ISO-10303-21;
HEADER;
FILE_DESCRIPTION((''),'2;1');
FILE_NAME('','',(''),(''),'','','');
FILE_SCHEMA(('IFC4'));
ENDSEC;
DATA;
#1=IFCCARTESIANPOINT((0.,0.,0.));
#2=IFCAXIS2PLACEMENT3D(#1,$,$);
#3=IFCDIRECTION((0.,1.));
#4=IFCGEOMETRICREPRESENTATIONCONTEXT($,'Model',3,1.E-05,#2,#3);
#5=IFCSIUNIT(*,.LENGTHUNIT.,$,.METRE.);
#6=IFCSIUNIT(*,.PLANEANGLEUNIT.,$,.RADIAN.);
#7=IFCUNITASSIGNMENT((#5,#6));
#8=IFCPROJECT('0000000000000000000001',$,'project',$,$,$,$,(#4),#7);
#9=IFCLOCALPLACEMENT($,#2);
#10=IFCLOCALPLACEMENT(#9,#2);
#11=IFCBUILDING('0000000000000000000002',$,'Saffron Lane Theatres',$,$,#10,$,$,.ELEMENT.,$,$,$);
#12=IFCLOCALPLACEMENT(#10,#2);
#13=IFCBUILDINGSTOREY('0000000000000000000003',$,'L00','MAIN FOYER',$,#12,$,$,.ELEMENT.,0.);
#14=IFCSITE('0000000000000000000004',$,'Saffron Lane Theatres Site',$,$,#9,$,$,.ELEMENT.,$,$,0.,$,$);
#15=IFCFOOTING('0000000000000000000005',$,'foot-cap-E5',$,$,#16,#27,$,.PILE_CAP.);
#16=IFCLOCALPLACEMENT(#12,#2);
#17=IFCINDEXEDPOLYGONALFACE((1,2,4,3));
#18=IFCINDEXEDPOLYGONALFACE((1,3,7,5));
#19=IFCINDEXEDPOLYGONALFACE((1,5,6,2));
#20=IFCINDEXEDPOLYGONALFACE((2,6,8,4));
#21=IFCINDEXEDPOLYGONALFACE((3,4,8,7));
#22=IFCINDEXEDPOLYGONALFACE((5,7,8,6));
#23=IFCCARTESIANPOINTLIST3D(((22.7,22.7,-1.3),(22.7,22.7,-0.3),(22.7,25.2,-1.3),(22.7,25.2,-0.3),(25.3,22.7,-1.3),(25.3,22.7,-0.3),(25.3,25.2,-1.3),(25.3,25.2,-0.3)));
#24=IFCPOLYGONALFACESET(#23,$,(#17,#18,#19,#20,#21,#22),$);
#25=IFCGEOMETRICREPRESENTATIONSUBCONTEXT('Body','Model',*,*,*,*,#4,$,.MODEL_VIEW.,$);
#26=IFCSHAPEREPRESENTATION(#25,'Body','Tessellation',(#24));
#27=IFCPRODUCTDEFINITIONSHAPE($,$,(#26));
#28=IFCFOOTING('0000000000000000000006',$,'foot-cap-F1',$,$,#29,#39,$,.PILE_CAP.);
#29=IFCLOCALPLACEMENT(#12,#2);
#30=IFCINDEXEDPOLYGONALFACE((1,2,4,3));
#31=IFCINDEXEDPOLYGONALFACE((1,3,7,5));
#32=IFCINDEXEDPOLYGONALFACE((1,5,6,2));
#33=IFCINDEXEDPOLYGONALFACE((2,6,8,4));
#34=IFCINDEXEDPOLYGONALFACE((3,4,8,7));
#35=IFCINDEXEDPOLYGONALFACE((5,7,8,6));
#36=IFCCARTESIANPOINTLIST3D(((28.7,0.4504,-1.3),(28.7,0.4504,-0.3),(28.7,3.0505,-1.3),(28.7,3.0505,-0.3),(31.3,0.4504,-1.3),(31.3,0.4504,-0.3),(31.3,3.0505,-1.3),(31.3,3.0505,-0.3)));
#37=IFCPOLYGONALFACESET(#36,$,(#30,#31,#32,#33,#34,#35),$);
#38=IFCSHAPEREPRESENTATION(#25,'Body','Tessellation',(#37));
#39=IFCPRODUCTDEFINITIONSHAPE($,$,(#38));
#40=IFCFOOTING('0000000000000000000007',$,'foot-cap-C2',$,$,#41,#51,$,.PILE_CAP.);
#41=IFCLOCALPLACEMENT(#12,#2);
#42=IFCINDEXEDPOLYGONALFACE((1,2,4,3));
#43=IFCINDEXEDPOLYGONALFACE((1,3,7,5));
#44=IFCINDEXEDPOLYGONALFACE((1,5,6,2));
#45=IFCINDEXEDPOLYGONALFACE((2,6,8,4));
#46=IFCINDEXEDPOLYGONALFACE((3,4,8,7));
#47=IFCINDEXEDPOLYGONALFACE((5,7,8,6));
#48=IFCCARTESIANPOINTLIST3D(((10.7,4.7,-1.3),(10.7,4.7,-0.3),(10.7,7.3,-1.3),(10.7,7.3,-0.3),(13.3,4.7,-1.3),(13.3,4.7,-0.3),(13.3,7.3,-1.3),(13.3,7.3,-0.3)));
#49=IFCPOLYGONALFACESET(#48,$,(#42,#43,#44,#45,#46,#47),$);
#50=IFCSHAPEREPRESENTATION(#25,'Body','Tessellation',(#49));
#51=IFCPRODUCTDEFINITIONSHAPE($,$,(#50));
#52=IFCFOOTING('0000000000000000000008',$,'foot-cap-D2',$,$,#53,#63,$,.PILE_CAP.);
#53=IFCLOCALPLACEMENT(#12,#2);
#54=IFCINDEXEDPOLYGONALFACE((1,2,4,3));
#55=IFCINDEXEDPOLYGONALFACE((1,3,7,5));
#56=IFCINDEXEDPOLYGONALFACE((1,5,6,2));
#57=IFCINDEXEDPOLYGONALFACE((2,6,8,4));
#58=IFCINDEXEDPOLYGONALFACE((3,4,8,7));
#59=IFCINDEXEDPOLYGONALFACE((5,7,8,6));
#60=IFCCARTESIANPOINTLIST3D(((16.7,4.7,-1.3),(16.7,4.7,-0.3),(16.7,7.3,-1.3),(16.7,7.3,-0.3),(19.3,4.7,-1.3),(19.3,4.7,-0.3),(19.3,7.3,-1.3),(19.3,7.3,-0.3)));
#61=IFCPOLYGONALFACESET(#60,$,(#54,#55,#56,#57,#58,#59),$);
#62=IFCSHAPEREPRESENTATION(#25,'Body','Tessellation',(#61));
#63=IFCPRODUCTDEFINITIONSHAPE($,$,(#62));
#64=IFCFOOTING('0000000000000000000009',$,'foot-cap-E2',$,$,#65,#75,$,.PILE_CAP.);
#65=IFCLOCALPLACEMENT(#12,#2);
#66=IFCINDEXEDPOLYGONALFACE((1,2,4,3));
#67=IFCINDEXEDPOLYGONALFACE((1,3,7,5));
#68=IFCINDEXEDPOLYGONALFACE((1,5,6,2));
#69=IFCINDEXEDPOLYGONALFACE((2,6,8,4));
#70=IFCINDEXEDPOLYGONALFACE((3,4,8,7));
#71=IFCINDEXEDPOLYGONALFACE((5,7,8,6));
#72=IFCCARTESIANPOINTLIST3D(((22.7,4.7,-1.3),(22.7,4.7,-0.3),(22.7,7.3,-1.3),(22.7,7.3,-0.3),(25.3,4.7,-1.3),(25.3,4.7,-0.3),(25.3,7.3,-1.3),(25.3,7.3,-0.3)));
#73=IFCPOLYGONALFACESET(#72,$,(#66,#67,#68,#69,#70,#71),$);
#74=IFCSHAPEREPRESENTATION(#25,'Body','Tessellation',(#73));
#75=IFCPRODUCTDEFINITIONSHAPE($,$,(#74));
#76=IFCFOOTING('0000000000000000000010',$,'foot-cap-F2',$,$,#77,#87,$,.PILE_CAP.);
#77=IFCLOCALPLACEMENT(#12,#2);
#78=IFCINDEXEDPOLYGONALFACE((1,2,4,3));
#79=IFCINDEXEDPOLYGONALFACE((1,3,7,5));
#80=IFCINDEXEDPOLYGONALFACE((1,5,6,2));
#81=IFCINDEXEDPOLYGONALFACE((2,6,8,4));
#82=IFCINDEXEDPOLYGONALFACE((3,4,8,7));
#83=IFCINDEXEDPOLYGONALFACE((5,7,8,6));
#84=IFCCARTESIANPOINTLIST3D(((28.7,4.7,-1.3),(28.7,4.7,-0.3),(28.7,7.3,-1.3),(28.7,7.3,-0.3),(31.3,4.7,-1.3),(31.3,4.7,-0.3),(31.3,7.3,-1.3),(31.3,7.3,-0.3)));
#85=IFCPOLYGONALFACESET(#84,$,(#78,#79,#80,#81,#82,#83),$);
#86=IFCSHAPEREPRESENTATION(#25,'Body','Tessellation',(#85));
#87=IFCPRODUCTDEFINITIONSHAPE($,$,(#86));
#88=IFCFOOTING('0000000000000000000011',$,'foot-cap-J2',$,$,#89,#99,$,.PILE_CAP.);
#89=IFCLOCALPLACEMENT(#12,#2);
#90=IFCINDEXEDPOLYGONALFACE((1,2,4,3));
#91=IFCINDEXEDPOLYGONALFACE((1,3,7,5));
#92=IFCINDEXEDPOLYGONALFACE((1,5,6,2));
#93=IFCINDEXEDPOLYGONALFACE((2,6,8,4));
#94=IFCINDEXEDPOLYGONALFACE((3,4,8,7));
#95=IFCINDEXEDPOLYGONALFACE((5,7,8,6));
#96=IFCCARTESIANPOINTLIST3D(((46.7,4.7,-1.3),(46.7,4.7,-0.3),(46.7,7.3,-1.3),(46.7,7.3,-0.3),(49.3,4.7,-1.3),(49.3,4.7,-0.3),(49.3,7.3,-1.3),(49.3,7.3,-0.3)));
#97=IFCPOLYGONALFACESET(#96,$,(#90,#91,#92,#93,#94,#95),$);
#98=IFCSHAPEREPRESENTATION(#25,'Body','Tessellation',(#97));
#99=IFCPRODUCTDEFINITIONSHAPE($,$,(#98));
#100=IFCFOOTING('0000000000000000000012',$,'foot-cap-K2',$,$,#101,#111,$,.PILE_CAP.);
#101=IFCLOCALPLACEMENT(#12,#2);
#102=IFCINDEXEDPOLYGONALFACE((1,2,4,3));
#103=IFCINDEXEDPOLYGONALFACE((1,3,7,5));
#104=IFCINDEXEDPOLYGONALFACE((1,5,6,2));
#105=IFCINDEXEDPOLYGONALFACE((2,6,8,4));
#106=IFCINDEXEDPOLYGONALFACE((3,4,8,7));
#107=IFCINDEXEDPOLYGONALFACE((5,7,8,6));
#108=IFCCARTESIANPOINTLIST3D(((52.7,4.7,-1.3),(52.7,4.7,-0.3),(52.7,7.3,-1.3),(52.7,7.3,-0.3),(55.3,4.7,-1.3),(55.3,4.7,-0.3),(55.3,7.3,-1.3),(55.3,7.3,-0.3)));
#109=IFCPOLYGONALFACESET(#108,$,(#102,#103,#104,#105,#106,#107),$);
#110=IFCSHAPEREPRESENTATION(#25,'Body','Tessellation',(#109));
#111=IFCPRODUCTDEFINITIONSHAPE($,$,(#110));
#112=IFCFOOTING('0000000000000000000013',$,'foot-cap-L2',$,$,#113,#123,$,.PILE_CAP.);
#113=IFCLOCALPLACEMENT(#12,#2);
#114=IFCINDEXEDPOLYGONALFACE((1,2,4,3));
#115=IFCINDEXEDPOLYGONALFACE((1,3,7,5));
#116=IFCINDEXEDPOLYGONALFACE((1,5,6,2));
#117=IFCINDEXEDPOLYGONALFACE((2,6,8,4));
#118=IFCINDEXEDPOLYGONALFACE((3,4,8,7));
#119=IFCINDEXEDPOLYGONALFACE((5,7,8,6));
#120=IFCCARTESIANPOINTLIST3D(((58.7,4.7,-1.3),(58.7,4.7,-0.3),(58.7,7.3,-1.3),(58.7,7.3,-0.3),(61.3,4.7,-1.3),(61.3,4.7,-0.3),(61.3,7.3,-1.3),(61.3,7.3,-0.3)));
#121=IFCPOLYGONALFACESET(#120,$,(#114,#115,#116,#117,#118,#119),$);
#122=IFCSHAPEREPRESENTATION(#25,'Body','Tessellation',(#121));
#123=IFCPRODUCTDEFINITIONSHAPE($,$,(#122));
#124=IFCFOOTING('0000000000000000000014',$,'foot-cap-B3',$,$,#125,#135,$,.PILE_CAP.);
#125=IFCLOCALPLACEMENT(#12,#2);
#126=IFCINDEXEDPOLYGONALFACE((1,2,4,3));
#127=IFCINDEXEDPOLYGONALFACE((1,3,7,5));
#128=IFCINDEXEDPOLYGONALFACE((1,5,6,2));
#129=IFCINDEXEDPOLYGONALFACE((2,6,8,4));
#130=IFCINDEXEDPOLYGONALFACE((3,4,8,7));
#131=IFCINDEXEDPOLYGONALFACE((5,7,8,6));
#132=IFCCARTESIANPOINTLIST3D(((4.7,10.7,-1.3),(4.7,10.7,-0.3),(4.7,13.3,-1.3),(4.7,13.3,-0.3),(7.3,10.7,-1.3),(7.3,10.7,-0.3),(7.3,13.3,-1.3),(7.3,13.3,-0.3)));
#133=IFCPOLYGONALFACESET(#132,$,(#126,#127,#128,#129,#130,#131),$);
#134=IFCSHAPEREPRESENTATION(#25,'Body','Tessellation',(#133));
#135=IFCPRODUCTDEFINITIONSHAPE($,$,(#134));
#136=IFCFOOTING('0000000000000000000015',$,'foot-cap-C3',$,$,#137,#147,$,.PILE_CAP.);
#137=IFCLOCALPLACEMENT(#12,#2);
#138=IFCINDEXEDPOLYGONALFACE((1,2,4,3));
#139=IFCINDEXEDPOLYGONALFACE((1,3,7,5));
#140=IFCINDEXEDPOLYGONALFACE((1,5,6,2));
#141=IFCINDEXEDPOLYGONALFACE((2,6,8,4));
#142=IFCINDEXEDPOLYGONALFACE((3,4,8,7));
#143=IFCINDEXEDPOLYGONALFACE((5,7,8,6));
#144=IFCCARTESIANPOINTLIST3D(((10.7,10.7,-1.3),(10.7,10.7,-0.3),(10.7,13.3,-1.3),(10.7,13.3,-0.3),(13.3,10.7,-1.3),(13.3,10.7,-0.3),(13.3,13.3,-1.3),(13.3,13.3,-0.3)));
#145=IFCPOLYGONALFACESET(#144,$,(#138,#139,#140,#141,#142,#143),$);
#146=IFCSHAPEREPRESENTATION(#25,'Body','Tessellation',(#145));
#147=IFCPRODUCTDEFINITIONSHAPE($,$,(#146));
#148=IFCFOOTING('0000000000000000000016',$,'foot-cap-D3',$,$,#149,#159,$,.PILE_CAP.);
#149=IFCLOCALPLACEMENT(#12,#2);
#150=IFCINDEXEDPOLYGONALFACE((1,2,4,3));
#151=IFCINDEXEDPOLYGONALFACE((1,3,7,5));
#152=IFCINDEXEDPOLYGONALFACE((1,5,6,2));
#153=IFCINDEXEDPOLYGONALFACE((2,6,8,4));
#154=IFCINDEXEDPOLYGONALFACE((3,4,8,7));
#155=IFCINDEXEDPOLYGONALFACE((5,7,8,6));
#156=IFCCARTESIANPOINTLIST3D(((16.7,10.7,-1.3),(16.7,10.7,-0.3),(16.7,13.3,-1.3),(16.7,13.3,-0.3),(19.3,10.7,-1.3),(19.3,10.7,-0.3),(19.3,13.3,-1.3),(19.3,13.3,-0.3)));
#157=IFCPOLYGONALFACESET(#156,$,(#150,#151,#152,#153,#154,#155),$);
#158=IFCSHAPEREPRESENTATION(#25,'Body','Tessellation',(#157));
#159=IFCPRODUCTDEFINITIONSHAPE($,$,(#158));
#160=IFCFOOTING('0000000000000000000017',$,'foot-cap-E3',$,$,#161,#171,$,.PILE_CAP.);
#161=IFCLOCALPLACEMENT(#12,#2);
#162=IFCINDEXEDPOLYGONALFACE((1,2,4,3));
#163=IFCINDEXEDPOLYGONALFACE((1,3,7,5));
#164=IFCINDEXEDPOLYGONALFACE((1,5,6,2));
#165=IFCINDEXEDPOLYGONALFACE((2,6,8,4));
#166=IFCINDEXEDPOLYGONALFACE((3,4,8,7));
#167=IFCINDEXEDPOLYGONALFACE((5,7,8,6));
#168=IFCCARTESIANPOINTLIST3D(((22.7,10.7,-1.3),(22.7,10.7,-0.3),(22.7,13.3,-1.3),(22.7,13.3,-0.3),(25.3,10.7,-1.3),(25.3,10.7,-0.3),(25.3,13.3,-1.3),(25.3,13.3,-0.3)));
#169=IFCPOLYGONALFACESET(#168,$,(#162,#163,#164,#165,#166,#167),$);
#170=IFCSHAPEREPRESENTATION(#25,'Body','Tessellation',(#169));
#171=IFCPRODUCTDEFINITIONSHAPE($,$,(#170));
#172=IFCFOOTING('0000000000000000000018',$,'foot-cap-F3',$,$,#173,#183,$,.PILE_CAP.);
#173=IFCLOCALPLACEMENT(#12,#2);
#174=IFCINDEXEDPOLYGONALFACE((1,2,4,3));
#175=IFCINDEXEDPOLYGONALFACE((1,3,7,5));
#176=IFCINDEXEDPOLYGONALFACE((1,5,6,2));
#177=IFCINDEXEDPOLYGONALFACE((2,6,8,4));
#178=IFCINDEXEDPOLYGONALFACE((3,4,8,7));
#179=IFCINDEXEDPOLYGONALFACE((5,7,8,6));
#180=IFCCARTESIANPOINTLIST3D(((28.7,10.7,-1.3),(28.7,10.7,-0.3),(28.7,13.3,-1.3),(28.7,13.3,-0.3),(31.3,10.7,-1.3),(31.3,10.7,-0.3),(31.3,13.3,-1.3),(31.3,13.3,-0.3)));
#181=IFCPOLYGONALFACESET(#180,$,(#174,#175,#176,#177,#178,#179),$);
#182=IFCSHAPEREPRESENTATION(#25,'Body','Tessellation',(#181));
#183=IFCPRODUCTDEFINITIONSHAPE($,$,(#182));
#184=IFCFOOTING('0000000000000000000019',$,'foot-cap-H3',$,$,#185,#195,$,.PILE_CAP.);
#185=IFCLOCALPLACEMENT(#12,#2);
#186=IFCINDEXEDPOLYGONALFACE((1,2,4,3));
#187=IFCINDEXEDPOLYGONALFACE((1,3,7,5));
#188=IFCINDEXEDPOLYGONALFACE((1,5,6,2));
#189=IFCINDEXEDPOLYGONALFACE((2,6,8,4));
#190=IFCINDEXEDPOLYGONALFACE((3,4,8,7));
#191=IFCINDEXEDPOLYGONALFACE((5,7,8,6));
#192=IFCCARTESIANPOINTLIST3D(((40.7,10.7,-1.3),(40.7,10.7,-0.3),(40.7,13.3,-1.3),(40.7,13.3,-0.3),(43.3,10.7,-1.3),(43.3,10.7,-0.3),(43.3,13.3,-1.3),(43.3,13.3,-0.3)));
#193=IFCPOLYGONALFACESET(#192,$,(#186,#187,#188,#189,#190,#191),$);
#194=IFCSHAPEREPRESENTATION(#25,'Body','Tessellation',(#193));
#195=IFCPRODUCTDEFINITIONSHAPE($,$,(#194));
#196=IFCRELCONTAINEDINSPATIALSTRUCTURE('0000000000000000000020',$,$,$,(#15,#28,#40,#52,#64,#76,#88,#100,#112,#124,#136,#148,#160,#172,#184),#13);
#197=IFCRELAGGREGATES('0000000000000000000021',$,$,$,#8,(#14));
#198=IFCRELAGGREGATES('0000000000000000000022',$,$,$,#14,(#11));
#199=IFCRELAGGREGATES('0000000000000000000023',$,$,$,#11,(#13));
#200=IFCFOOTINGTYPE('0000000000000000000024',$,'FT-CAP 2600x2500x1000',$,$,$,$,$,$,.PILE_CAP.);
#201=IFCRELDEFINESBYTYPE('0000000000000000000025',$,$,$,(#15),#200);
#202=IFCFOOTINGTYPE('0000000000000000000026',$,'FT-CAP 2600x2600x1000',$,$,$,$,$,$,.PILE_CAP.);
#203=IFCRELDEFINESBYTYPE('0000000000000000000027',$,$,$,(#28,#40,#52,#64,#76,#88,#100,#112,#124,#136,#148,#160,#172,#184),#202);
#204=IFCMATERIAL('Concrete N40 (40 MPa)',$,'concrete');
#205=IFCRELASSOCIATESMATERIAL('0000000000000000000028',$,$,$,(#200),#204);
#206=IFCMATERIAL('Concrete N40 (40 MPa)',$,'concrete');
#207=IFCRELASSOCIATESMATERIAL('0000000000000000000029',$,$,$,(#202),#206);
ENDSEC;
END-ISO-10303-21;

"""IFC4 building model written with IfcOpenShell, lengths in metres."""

from ifc_helpers import new_model, si_unit, direction, frame, origin, place, context, subcontext, project, spatial, polyline, outline, extrude, material, type_object, element, save


model = new_model("IFC4")

# Units and contexts
model_context = context("Model", 3, precision=1e-05, world=origin(), true_north=direction((0.0, 1.0)))
body_context = subcontext(model_context, "Body", "Model", "MODEL_VIEW")
ifc_project = project(units=[si_unit("LENGTHUNIT", "METRE"), si_unit("PLANEANGLEUNIT", "RADIAN")], contexts=[model_context])

# Site, building, storey
site_placement = place(None, origin())
site = spatial("IfcSite", under=ifc_project, at=site_placement, Name="Saffron Lane Theatres Site", CompositionType="ELEMENT", RefElevation=0.0)
building_placement = place(site_placement, origin())
building = spatial("IfcBuilding", under=site, at=building_placement, Name="Saffron Lane Theatres", CompositionType="ELEMENT")
storey_placement = place(building_placement, origin())
storey = spatial("IfcBuildingStorey", under=building, at=storey_placement, Name="L00", Description="MAIN FOYER", CompositionType="ELEMENT", Elevation=0.0)

# Footings
ifc_material_1 = material(Name="Concrete N40 (40 MPa)", Category="concrete")
footing_type_1 = type_object("IfcFootingType", Name="FT-CAP 2600x2500x1000", PredefinedType="PILE_CAP", material=ifc_material_1)
footing_1_placement = place(storey_placement, frame((0.0, 0.0, -1.3)))
element("IfcFooting", 1, at=footing_1_placement, inside=storey, type_object=footing_type_1, Name="foot-cap-E5", PredefinedType="PILE_CAP", context=body_context, shape_type="SweptSolid", body=[
    extrude(outline(polyline([(22.7, 22.7), (25.3, 22.7), (25.3, 25.2), (22.7, 25.2), (22.7, 22.7)])), origin(), (0.0, 0.0, 1.0), 1.0),
])
ifc_material_2 = material(Name="Concrete N40 (40 MPa)", Category="concrete")
footing_type_2 = type_object("IfcFootingType", Name="FT-CAP 2600x2600x1000", PredefinedType="PILE_CAP", material=ifc_material_2)
footing_2_placement = place(storey_placement, frame((0.0, 0.0, -1.3)))
element("IfcFooting", 2, at=footing_2_placement, inside=storey, type_object=footing_type_2, Name="foot-cap-F1", PredefinedType="PILE_CAP", context=body_context, shape_type="SweptSolid", body=[
    extrude(outline(polyline([(28.7, 0.4504), (31.3, 0.4504), (31.3, 3.0505), (28.7, 3.0505), (28.7, 0.4504)])), origin(), (0.0, 0.0, 1.0), 1.0),
])
footing_3_placement = place(storey_placement, frame((0.0, 0.0, -1.3)))
element("IfcFooting", 3, at=footing_3_placement, inside=storey, type_object=footing_type_2, Name="foot-cap-C2", PredefinedType="PILE_CAP", context=body_context, shape_type="SweptSolid", body=[
    extrude(outline(polyline([(10.7, 4.7), (13.3, 4.7), (13.3, 7.3), (10.7, 7.3), (10.7, 4.7)])), origin(), (0.0, 0.0, 1.0), 1.0),
])
footing_4_placement = place(storey_placement, frame((0.0, 0.0, -1.3)))
element("IfcFooting", 4, at=footing_4_placement, inside=storey, type_object=footing_type_2, Name="foot-cap-D2", PredefinedType="PILE_CAP", context=body_context, shape_type="SweptSolid", body=[
    extrude(outline(polyline([(16.7, 4.7), (19.3, 4.7), (19.3, 7.3), (16.7, 7.3), (16.7, 4.7)])), origin(), (0.0, 0.0, 1.0), 1.0),
])
footing_5_placement = place(storey_placement, frame((0.0, 0.0, -1.3)))
element("IfcFooting", 5, at=footing_5_placement, inside=storey, type_object=footing_type_2, Name="foot-cap-E2", PredefinedType="PILE_CAP", context=body_context, shape_type="SweptSolid", body=[
    extrude(outline(polyline([(22.7, 4.7), (25.3, 4.7), (25.3, 7.3), (22.7, 7.3), (22.7, 4.7)])), origin(), (0.0, 0.0, 1.0), 1.0),
])
footing_6_placement = place(storey_placement, frame((0.0, 0.0, -1.3)))
element("IfcFooting", 6, at=footing_6_placement, inside=storey, type_object=footing_type_2, Name="foot-cap-F2", PredefinedType="PILE_CAP", context=body_context, shape_type="SweptSolid", body=[
    extrude(outline(polyline([(28.7, 4.7), (31.3, 4.7), (31.3, 7.3), (28.7, 7.3), (28.7, 4.7)])), origin(), (0.0, 0.0, 1.0), 1.0),
])
footing_7_placement = place(storey_placement, frame((0.0, 0.0, -1.3)))
element("IfcFooting", 7, at=footing_7_placement, inside=storey, type_object=footing_type_2, Name="foot-cap-J2", PredefinedType="PILE_CAP", context=body_context, shape_type="SweptSolid", body=[
    extrude(outline(polyline([(46.7, 4.7), (49.3, 4.7), (49.3, 7.3), (46.7, 7.3), (46.7, 4.7)])), origin(), (0.0, 0.0, 1.0), 1.0),
])
footing_8_placement = place(storey_placement, frame((0.0, 0.0, -1.3)))
element("IfcFooting", 8, at=footing_8_placement, inside=storey, type_object=footing_type_2, Name="foot-cap-K2", PredefinedType="PILE_CAP", context=body_context, shape_type="SweptSolid", body=[
    extrude(outline(polyline([(52.7, 4.7), (55.3, 4.7), (55.3, 7.3), (52.7, 7.3), (52.7, 4.7)])), origin(), (0.0, 0.0, 1.0), 1.0),
])
footing_9_placement = place(storey_placement, frame((0.0, 0.0, -1.3)))
element("IfcFooting", 9, at=footing_9_placement, inside=storey, type_object=footing_type_2, Name="foot-cap-L2", PredefinedType="PILE_CAP", context=body_context, shape_type="SweptSolid", body=[
    extrude(outline(polyline([(58.7, 4.7), (61.3, 4.7), (61.3, 7.3), (58.7, 7.3), (58.7, 4.7)])), origin(), (0.0, 0.0, 1.0), 1.0),
])
footing_10_placement = place(storey_placement, frame((0.0, 0.0, -1.3)))
element("IfcFooting", 10, at=footing_10_placement, inside=storey, type_object=footing_type_2, Name="foot-cap-B3", PredefinedType="PILE_CAP", context=body_context, shape_type="SweptSolid", body=[
    extrude(outline(polyline([(4.7, 10.7), (7.3, 10.7), (7.3, 13.3), (4.7, 13.3), (4.7, 10.7)])), origin(), (0.0, 0.0, 1.0), 1.0),
])
footing_11_placement = place(storey_placement, frame((0.0, 0.0, -1.3)))
element("IfcFooting", 11, at=footing_11_placement, inside=storey, type_object=footing_type_2, Name="foot-cap-C3", PredefinedType="PILE_CAP", context=body_context, shape_type="SweptSolid", body=[
    extrude(outline(polyline([(10.7, 10.7), (13.3, 10.7), (13.3, 13.3), (10.7, 13.3), (10.7, 10.7)])), origin(), (0.0, 0.0, 1.0), 1.0),
])
footing_12_placement = place(storey_placement, frame((0.0, 0.0, -1.3)))
element("IfcFooting", 12, at=footing_12_placement, inside=storey, type_object=footing_type_2, Name="foot-cap-D3", PredefinedType="PILE_CAP", context=body_context, shape_type="SweptSolid", body=[
    extrude(outline(polyline([(16.7, 10.7), (19.3, 10.7), (19.3, 13.3), (16.7, 13.3), (16.7, 10.7)])), origin(), (0.0, 0.0, 1.0), 1.0),
])
footing_13_placement = place(storey_placement, frame((0.0, 0.0, -1.3)))
element("IfcFooting", 13, at=footing_13_placement, inside=storey, type_object=footing_type_2, Name="foot-cap-E3", PredefinedType="PILE_CAP", context=body_context, shape_type="SweptSolid", body=[
    extrude(outline(polyline([(22.7, 10.7), (25.3, 10.7), (25.3, 13.3), (22.7, 13.3), (22.7, 10.7)])), origin(), (0.0, 0.0, 1.0), 1.0),
])
footing_14_placement = place(storey_placement, frame((0.0, 0.0, -1.3)))
element("IfcFooting", 14, at=footing_14_placement, inside=storey, type_object=footing_type_2, Name="foot-cap-F3", PredefinedType="PILE_CAP", context=body_context, shape_type="SweptSolid", body=[
    extrude(outline(polyline([(28.7, 10.7), (31.3, 10.7), (31.3, 13.3), (28.7, 13.3), (28.7, 10.7)])), origin(), (0.0, 0.0, 1.0), 1.0),
])
footing_15_placement = place(storey_placement, frame((0.0, 0.0, -1.3)))
element("IfcFooting", 15, at=footing_15_placement, inside=storey, type_object=footing_type_2, Name="foot-cap-H3", PredefinedType="PILE_CAP", context=body_context, shape_type="SweptSolid", body=[
    extrude(outline(polyline([(40.7, 10.7), (43.3, 10.7), (43.3, 13.3), (40.7, 13.3), (40.7, 10.7)])), origin(), (0.0, 0.0, 1.0), 1.0),
])

save(model, "model.ifc")
